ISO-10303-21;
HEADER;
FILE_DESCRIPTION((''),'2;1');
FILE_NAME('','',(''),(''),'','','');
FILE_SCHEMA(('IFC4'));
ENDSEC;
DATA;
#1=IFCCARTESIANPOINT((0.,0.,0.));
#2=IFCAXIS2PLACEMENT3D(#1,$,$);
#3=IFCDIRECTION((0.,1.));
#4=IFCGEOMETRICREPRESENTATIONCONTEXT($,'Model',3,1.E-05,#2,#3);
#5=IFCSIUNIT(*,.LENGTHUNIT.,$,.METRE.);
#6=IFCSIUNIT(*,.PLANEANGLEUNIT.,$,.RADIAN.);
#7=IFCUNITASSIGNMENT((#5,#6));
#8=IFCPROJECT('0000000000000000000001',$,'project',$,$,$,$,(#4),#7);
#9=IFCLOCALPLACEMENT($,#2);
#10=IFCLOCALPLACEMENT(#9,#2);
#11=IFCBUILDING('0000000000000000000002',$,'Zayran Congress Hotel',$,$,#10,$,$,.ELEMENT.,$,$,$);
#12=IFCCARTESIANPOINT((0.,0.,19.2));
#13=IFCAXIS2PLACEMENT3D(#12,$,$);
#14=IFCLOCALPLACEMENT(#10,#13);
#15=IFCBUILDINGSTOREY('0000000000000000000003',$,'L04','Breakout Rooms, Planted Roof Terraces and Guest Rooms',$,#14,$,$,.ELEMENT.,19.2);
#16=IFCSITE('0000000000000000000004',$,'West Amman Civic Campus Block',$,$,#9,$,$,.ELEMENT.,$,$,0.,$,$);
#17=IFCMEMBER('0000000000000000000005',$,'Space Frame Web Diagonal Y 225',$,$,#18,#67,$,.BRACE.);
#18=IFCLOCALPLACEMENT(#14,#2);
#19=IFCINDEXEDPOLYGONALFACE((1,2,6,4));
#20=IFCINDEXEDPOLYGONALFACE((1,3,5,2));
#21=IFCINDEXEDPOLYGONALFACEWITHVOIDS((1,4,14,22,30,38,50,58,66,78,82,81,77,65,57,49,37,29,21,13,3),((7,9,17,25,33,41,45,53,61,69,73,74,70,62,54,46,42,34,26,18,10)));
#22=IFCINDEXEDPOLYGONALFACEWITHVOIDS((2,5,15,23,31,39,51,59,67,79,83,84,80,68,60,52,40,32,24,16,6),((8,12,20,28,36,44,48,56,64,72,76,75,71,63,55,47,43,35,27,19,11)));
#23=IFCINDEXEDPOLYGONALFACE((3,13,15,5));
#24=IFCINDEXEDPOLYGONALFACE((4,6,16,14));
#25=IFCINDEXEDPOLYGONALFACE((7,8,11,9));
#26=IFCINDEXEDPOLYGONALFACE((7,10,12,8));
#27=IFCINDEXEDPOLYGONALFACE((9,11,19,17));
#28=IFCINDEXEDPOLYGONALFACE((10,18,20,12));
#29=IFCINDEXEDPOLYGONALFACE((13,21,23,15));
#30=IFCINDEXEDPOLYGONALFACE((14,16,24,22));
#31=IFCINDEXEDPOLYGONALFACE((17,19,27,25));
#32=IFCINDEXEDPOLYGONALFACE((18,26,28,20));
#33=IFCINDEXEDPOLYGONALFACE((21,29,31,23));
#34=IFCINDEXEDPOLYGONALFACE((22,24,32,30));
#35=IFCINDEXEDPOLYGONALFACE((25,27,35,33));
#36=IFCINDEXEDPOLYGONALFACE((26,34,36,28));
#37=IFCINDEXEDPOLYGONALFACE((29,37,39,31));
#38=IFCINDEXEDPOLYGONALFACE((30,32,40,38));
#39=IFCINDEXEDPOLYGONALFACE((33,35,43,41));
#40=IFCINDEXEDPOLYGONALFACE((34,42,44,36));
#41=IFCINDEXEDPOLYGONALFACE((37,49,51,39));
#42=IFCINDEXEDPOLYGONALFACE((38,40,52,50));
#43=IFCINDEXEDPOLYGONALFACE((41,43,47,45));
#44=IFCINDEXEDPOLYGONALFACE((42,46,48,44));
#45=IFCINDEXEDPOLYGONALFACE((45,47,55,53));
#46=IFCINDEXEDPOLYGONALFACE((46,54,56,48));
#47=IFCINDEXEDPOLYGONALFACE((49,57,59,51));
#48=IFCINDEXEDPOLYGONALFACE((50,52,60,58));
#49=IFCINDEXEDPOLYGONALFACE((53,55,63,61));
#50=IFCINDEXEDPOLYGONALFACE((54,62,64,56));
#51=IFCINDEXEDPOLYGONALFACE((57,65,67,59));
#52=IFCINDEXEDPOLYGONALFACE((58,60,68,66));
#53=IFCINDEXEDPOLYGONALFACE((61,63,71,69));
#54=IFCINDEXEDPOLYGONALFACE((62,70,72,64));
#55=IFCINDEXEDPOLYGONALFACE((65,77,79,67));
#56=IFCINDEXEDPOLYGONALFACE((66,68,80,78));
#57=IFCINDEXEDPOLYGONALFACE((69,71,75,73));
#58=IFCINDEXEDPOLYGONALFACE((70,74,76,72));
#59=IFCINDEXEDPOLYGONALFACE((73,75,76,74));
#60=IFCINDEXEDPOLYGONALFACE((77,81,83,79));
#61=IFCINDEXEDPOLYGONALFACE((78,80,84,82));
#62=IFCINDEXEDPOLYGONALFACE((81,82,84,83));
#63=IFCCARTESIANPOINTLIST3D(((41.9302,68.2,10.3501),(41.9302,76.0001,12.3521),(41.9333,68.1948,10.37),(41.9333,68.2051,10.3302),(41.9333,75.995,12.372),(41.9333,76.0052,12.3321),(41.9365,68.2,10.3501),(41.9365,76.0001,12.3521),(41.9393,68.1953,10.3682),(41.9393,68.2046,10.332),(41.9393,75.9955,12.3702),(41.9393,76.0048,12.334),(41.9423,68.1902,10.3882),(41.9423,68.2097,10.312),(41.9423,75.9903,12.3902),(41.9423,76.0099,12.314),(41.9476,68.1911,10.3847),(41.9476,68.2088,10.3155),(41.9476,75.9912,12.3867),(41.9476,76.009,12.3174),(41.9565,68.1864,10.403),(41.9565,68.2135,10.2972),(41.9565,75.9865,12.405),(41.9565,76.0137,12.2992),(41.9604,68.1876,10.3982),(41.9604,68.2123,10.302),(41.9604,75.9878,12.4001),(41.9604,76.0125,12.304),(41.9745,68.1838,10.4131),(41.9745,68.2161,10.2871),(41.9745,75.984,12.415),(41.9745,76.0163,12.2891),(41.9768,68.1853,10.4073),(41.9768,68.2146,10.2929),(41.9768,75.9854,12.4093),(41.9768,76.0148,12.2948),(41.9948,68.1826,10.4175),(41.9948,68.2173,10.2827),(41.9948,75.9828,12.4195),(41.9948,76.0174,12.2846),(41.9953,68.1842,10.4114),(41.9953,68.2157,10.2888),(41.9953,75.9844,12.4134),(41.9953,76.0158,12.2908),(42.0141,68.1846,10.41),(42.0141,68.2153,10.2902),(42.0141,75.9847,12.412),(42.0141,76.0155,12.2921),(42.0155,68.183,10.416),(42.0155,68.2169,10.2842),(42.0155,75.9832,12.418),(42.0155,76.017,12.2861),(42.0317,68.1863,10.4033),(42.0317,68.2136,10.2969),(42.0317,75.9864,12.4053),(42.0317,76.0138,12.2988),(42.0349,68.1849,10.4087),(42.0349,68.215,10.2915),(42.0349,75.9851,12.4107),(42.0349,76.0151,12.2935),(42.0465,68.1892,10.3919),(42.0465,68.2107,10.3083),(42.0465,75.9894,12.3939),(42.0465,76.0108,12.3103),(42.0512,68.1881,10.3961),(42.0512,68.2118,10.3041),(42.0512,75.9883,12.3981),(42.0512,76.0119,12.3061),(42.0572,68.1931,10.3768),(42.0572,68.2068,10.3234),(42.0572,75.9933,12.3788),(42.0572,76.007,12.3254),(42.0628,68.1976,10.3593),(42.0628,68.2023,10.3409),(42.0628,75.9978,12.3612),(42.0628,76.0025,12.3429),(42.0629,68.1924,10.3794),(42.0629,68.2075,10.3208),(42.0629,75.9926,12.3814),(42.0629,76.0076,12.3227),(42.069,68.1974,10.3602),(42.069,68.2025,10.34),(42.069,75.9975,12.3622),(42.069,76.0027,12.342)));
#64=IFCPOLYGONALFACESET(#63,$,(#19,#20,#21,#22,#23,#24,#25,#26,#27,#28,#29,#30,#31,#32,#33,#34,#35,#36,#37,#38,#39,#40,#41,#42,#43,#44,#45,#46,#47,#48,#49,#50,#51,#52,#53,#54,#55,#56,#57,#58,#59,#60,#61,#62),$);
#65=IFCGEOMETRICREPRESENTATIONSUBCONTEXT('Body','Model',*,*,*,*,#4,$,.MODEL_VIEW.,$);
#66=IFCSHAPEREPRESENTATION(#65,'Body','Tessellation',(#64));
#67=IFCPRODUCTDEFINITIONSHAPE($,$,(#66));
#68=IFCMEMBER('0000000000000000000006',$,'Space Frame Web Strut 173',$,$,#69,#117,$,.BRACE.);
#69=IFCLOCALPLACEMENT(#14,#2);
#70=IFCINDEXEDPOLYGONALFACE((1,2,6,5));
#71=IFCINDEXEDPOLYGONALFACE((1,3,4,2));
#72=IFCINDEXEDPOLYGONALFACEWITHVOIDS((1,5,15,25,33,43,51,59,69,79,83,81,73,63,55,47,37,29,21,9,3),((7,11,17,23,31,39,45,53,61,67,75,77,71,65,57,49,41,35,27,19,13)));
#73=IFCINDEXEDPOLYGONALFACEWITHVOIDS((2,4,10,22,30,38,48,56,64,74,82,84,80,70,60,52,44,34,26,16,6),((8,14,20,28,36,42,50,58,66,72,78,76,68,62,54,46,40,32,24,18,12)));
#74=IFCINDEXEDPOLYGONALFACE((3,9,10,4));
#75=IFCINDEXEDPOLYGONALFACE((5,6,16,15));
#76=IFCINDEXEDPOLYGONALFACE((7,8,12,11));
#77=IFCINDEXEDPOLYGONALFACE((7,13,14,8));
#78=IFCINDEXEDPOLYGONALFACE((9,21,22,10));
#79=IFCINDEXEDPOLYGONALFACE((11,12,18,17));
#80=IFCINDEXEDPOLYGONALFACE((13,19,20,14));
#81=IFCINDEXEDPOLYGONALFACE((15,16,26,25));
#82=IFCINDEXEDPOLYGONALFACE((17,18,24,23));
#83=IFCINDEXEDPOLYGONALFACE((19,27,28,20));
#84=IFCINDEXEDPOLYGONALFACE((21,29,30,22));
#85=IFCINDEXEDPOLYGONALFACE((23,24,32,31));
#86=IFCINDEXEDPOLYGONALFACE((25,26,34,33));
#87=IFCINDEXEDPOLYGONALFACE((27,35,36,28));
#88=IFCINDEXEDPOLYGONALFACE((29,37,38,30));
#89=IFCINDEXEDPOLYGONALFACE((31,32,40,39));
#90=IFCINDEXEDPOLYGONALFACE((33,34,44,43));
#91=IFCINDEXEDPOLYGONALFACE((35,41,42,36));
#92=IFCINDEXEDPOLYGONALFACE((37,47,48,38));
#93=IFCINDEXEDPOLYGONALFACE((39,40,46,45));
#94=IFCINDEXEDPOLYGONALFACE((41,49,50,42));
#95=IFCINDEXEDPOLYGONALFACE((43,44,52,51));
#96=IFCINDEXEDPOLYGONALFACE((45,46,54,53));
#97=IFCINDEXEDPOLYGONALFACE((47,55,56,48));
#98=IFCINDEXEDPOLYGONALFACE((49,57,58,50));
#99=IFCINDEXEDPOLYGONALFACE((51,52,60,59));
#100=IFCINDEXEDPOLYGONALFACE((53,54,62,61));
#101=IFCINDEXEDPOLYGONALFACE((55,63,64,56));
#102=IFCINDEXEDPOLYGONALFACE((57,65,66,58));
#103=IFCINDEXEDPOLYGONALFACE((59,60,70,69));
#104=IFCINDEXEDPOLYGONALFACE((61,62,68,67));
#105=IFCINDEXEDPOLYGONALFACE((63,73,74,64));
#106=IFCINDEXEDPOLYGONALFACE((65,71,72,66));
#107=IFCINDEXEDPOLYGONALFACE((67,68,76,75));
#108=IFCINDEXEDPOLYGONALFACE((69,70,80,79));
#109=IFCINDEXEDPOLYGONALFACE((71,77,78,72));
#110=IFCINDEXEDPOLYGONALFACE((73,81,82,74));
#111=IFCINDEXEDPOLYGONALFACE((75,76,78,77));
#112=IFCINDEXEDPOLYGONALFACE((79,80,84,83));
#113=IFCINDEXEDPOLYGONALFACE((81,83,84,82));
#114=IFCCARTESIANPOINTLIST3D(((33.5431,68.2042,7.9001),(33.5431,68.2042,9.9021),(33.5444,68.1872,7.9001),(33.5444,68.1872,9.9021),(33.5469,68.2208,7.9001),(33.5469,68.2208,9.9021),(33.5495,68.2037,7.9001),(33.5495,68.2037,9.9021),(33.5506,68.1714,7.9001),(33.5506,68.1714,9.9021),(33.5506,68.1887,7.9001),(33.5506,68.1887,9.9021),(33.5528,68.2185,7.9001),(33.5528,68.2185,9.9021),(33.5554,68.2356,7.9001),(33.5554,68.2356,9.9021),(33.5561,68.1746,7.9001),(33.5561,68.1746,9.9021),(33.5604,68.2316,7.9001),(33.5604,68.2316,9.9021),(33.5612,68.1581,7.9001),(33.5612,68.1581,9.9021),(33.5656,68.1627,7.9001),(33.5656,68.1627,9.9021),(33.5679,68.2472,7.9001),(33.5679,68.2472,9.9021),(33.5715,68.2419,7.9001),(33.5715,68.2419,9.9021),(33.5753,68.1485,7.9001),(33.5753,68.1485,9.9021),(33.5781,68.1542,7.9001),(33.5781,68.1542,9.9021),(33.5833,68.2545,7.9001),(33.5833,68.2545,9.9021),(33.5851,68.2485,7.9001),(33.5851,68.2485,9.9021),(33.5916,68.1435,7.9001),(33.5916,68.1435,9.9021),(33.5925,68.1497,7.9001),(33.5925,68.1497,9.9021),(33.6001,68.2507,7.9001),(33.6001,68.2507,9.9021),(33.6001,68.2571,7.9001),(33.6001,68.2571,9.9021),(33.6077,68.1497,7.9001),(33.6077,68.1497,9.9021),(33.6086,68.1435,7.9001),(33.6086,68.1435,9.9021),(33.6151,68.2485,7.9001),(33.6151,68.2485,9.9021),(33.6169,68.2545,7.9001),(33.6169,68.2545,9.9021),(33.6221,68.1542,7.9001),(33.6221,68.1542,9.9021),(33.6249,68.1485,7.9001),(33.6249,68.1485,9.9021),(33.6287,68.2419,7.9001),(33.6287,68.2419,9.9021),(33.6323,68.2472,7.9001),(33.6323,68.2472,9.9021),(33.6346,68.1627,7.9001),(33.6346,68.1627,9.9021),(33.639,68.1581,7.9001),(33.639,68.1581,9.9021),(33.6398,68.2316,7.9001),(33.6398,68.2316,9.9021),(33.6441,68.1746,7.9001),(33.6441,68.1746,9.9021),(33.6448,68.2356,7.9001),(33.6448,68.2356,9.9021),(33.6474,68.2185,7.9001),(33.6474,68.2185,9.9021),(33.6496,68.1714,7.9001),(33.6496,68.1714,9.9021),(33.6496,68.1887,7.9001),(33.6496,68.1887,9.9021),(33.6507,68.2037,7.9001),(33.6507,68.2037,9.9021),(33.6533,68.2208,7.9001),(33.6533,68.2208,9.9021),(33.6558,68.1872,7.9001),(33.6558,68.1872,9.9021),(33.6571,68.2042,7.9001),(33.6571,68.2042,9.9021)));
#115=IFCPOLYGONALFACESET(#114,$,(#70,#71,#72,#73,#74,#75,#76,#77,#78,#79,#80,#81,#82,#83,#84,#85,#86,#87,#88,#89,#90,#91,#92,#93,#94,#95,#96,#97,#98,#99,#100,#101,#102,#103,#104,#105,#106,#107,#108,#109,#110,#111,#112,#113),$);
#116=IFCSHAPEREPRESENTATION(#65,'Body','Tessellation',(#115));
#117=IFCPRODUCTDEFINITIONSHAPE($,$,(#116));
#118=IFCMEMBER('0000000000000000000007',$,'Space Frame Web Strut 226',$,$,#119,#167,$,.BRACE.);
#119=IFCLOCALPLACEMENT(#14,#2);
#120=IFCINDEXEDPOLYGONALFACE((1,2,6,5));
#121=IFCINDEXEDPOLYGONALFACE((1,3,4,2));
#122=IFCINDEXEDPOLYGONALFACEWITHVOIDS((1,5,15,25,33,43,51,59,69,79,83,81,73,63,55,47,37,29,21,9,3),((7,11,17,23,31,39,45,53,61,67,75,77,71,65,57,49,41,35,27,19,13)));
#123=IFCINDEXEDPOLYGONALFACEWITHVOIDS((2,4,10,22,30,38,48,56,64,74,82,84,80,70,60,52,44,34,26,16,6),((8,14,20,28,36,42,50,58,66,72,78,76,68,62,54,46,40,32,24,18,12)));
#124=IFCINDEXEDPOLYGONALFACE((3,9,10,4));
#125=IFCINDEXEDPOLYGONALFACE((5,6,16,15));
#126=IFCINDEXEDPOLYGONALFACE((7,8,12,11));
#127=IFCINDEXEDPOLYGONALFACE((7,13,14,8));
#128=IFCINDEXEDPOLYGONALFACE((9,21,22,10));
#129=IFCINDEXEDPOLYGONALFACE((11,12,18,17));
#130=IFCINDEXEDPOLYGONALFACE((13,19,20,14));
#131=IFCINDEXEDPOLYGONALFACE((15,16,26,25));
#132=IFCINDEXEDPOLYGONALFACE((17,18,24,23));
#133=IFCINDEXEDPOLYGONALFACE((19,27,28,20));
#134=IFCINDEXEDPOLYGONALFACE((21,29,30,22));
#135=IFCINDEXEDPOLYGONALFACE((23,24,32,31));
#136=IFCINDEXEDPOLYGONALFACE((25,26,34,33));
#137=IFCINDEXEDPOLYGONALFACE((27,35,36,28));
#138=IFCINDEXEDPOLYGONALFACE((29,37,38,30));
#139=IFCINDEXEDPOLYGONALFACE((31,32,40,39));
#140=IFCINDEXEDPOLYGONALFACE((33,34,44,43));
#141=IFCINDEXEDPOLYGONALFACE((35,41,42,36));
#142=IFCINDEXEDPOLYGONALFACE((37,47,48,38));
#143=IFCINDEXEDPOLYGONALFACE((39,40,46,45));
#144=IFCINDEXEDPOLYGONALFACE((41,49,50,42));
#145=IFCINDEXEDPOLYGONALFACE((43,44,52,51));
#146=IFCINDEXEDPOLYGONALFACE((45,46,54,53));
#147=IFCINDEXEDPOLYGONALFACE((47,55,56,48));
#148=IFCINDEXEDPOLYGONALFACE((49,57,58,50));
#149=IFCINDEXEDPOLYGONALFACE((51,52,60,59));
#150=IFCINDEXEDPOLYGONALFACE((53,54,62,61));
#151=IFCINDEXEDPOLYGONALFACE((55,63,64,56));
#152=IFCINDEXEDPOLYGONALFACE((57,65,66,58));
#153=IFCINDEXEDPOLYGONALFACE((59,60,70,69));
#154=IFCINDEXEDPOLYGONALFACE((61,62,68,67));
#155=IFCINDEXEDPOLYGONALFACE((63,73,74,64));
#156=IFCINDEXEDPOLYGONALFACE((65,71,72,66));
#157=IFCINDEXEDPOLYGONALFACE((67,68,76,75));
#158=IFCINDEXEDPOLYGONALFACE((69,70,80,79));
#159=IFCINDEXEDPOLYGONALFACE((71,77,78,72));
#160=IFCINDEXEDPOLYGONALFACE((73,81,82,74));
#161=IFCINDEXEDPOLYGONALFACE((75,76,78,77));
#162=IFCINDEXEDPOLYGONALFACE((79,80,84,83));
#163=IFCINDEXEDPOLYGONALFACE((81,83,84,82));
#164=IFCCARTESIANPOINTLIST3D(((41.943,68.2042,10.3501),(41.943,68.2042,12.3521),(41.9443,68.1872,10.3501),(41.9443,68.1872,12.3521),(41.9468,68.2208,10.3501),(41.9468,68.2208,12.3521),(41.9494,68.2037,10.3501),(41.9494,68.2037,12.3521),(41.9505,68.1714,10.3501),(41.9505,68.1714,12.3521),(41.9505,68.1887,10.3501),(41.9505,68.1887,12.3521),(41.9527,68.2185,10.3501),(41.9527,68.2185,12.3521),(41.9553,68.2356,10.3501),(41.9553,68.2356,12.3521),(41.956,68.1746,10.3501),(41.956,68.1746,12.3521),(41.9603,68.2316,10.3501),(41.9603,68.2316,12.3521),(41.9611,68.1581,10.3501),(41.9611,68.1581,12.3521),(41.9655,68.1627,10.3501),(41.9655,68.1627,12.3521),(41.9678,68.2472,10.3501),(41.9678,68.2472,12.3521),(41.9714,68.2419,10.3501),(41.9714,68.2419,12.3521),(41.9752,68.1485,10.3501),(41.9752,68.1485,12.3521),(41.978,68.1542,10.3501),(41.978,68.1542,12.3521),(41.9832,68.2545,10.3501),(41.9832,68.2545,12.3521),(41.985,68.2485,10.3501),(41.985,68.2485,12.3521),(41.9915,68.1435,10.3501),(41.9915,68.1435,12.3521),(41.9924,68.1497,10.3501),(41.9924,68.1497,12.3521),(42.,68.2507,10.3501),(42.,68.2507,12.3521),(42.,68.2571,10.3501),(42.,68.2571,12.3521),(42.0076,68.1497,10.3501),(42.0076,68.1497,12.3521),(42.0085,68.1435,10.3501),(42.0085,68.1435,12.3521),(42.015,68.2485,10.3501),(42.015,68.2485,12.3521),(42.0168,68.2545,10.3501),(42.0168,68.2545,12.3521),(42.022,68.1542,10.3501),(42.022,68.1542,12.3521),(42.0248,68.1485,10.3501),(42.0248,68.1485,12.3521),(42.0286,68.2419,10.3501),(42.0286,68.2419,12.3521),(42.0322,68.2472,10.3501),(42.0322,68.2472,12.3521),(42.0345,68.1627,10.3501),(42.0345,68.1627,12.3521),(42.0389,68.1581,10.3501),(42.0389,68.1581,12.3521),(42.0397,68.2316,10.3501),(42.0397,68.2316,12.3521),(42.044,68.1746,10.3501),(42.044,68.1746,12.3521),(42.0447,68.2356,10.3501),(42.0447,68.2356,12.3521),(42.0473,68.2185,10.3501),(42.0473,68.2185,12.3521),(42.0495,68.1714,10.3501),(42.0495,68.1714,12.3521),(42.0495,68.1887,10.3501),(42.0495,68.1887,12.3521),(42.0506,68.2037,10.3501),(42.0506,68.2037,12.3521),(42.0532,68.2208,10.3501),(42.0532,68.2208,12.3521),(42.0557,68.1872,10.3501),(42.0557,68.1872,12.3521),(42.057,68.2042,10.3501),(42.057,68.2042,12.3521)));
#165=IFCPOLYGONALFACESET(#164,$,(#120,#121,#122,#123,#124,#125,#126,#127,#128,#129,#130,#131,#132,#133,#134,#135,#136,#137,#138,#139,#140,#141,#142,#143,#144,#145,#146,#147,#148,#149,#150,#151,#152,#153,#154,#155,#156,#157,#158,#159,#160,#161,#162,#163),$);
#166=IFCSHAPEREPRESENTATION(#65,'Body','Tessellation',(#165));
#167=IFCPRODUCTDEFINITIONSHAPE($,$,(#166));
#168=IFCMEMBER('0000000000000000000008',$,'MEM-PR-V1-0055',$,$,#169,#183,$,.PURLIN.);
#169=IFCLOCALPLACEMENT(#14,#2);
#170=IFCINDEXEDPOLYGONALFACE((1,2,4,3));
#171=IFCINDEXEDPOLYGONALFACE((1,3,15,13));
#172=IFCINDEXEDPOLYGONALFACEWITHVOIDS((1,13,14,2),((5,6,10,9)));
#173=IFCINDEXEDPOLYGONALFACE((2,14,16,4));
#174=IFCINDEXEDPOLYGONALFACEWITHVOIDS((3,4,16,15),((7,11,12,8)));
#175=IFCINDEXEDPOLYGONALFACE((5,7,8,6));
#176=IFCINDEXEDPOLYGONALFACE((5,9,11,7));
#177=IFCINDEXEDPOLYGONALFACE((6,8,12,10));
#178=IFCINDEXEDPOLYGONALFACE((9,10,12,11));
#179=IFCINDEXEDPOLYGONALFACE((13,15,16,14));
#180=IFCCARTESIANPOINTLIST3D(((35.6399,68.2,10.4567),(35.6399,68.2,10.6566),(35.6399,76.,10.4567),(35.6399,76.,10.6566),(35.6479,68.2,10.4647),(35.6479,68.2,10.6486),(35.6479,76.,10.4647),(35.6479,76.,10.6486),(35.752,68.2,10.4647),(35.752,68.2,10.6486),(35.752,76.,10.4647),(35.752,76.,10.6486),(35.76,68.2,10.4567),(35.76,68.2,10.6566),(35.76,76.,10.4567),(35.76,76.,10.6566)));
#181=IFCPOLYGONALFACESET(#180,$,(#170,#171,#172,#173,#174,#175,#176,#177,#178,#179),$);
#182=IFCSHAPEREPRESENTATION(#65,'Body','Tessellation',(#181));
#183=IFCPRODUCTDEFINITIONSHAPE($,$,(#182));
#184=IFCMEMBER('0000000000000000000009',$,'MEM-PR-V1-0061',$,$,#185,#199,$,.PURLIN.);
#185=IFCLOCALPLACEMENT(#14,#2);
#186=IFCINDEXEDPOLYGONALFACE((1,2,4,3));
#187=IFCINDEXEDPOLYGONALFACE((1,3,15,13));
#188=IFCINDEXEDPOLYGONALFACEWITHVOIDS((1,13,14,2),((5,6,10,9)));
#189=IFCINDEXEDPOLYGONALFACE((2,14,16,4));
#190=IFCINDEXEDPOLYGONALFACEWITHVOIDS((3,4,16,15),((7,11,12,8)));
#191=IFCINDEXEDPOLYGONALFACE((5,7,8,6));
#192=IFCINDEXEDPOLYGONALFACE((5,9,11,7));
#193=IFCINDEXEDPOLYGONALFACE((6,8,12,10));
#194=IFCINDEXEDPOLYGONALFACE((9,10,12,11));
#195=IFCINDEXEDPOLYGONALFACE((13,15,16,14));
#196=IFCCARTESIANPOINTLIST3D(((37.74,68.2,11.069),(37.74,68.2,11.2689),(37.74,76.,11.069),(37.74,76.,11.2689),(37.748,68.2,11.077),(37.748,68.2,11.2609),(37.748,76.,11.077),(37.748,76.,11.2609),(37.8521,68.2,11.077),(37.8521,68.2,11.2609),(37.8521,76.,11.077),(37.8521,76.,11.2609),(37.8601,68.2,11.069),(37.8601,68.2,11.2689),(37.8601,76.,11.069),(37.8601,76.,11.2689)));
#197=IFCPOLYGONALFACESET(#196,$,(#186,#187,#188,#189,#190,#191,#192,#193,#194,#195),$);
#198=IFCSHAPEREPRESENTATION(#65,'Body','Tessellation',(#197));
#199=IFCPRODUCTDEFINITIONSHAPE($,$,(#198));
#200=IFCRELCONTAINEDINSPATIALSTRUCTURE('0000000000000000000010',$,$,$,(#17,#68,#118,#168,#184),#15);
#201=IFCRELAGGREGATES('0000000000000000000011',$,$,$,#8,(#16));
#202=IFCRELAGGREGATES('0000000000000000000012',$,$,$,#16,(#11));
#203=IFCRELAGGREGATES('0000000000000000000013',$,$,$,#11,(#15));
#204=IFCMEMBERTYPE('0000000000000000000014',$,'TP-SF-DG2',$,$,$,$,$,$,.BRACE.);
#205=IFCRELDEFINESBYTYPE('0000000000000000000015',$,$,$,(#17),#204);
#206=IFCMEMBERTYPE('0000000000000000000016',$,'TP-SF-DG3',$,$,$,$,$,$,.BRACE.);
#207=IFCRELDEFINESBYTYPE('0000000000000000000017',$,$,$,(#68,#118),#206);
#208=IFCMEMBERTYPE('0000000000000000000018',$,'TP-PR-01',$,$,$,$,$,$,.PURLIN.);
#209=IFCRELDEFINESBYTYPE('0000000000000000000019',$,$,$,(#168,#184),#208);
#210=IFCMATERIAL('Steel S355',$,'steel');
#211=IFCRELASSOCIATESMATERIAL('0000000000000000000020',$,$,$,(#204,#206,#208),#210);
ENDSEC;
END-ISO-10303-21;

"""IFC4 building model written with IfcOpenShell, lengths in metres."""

from ifc_helpers import new_model, si_unit, direction, frame, origin, origin_2d, place, context, subcontext, project, spatial, hollow_rectangle, hollow_circle, extrude, material, material_profile, profile_set, type_object, element, save


model = new_model("IFC4")

# Units and contexts
model_context = context("Model", 3, precision=1e-05, world=origin(), true_north=direction((0.0, 1.0)))
body_context = subcontext(model_context, "Body", "Model", "MODEL_VIEW")
ifc_project = project(units=[si_unit("LENGTHUNIT", "METRE"), si_unit("PLANEANGLEUNIT", "RADIAN")], contexts=[model_context])

# Site, building, storey
site_placement = place(None, origin())
site = spatial("IfcSite", under=ifc_project, at=site_placement, Name="West Amman Civic Campus Block", CompositionType="ELEMENT", RefElevation=0.0)
building_placement = place(site_placement, origin())
building = spatial("IfcBuilding", under=site, at=building_placement, Name="Zayran Congress Hotel", CompositionType="ELEMENT")
storey_placement = place(building_placement, frame((0.0, 0.0, 19.2)))
storey = spatial("IfcBuildingStorey", under=building, at=storey_placement, Name="L04", Description="Breakout Rooms, Planted Roof Terraces and Guest Rooms", CompositionType="ELEMENT", Elevation=19.2)

# Shared definitions
ifc_material = material(Name="Steel S355", Category="steel")

# Members
ifc_material_profile_1 = material_profile(ifc_material, hollow_circle(Radius=0.0698, WallThickness=0.0063, at=origin_2d()), Name="CHS 139.7x6.3")
ifc_profile_set_1 = profile_set([ifc_material_profile_1], Name="Steel S355")
member_type_1 = type_object("IfcMemberType", Name="TP-SF-DG2", PredefinedType="BRACE", material=ifc_profile_set_1)
member_1_placement = place(storey_placement, frame((42.0, 68.2, 10.3501), z_axis=(0.0, 0.968606, 0.248601), x_axis=(-1.0, 0.0, 0.0)))
element("IfcMember", 1, at=member_1_placement, inside=storey, type_object=member_type_1, Name="Space Frame Web Diagonal Y 225", PredefinedType="BRACE", context=body_context, shape_type="SweptSolid", body=[
    extrude(hollow_circle(Radius=0.0698, WallThickness=0.0063, at=origin_2d()), origin(), (0.0, 0.0, 1.0), 8.053),
])
ifc_material_profile_2 = material_profile(ifc_material, hollow_circle(Radius=0.0571, WallThickness=0.0063, at=origin_2d()), Name="CHS 114.3x6.3")
ifc_profile_set_2 = profile_set([ifc_material_profile_2], Name="Steel S355")
member_type_2 = type_object("IfcMemberType", Name="TP-SF-DG3", PredefinedType="BRACE", material=ifc_profile_set_2)
for number, where, z_axis, x_axis, name in (
    (2, (33.6001, 68.2, 7.9001), (0.0, 0.0, 1.0), (0.0, 1.0, 0.0), "Space Frame Web Strut 173"),
    (3, (42.0, 68.2, 10.3501), (0.0, 0.0, 1.0), (0.0, 1.0, 0.0), "Space Frame Web Strut 226"),
):
    element("IfcMember", number, at=place(storey_placement, frame(where, z_axis=z_axis, x_axis=x_axis)), inside=storey, type_object=member_type_2, Name=name, PredefinedType="BRACE", context=body_context, shape_type="SweptSolid", body=[
        extrude(hollow_circle(Radius=0.0571, WallThickness=0.0063, at=origin_2d()), origin(), (0.0, 0.0, 1.0), 2.002),
    ])
ifc_material_profile_3 = material_profile(ifc_material, hollow_rectangle(XDim=0.1201, YDim=0.2, WallThickness=0.0081, at=origin_2d()), Name="RHS 200x120x8")
ifc_profile_set_3 = profile_set([ifc_material_profile_3], Name="Steel S355")
member_type_3 = type_object("IfcMemberType", Name="TP-PR-01", PredefinedType="PURLIN", material=ifc_profile_set_3)
for number, where, z_axis, x_axis, name in (
    (4, (35.7, 68.2, 10.5566), (0.0, 1.0, 0.0), (-1.0, 0.0, 0.0), "MEM-PR-V1-0055"),
    (5, (37.8, 68.2, 11.1689), (0.0, 1.0, 0.0), (-1.0, 0.0, 0.0), "MEM-PR-V1-0061"),
):
    element("IfcMember", number, at=place(storey_placement, frame(where, z_axis=z_axis, x_axis=x_axis)), inside=storey, type_object=member_type_3, Name=name, PredefinedType="PURLIN", context=body_context, shape_type="SweptSolid", body=[
        extrude(hollow_rectangle(XDim=0.1201, YDim=0.2, WallThickness=0.0081, at=origin_2d()), origin(), (0.0, 0.0, 1.0), 7.8),
    ])

save(model, "model.ifc")
